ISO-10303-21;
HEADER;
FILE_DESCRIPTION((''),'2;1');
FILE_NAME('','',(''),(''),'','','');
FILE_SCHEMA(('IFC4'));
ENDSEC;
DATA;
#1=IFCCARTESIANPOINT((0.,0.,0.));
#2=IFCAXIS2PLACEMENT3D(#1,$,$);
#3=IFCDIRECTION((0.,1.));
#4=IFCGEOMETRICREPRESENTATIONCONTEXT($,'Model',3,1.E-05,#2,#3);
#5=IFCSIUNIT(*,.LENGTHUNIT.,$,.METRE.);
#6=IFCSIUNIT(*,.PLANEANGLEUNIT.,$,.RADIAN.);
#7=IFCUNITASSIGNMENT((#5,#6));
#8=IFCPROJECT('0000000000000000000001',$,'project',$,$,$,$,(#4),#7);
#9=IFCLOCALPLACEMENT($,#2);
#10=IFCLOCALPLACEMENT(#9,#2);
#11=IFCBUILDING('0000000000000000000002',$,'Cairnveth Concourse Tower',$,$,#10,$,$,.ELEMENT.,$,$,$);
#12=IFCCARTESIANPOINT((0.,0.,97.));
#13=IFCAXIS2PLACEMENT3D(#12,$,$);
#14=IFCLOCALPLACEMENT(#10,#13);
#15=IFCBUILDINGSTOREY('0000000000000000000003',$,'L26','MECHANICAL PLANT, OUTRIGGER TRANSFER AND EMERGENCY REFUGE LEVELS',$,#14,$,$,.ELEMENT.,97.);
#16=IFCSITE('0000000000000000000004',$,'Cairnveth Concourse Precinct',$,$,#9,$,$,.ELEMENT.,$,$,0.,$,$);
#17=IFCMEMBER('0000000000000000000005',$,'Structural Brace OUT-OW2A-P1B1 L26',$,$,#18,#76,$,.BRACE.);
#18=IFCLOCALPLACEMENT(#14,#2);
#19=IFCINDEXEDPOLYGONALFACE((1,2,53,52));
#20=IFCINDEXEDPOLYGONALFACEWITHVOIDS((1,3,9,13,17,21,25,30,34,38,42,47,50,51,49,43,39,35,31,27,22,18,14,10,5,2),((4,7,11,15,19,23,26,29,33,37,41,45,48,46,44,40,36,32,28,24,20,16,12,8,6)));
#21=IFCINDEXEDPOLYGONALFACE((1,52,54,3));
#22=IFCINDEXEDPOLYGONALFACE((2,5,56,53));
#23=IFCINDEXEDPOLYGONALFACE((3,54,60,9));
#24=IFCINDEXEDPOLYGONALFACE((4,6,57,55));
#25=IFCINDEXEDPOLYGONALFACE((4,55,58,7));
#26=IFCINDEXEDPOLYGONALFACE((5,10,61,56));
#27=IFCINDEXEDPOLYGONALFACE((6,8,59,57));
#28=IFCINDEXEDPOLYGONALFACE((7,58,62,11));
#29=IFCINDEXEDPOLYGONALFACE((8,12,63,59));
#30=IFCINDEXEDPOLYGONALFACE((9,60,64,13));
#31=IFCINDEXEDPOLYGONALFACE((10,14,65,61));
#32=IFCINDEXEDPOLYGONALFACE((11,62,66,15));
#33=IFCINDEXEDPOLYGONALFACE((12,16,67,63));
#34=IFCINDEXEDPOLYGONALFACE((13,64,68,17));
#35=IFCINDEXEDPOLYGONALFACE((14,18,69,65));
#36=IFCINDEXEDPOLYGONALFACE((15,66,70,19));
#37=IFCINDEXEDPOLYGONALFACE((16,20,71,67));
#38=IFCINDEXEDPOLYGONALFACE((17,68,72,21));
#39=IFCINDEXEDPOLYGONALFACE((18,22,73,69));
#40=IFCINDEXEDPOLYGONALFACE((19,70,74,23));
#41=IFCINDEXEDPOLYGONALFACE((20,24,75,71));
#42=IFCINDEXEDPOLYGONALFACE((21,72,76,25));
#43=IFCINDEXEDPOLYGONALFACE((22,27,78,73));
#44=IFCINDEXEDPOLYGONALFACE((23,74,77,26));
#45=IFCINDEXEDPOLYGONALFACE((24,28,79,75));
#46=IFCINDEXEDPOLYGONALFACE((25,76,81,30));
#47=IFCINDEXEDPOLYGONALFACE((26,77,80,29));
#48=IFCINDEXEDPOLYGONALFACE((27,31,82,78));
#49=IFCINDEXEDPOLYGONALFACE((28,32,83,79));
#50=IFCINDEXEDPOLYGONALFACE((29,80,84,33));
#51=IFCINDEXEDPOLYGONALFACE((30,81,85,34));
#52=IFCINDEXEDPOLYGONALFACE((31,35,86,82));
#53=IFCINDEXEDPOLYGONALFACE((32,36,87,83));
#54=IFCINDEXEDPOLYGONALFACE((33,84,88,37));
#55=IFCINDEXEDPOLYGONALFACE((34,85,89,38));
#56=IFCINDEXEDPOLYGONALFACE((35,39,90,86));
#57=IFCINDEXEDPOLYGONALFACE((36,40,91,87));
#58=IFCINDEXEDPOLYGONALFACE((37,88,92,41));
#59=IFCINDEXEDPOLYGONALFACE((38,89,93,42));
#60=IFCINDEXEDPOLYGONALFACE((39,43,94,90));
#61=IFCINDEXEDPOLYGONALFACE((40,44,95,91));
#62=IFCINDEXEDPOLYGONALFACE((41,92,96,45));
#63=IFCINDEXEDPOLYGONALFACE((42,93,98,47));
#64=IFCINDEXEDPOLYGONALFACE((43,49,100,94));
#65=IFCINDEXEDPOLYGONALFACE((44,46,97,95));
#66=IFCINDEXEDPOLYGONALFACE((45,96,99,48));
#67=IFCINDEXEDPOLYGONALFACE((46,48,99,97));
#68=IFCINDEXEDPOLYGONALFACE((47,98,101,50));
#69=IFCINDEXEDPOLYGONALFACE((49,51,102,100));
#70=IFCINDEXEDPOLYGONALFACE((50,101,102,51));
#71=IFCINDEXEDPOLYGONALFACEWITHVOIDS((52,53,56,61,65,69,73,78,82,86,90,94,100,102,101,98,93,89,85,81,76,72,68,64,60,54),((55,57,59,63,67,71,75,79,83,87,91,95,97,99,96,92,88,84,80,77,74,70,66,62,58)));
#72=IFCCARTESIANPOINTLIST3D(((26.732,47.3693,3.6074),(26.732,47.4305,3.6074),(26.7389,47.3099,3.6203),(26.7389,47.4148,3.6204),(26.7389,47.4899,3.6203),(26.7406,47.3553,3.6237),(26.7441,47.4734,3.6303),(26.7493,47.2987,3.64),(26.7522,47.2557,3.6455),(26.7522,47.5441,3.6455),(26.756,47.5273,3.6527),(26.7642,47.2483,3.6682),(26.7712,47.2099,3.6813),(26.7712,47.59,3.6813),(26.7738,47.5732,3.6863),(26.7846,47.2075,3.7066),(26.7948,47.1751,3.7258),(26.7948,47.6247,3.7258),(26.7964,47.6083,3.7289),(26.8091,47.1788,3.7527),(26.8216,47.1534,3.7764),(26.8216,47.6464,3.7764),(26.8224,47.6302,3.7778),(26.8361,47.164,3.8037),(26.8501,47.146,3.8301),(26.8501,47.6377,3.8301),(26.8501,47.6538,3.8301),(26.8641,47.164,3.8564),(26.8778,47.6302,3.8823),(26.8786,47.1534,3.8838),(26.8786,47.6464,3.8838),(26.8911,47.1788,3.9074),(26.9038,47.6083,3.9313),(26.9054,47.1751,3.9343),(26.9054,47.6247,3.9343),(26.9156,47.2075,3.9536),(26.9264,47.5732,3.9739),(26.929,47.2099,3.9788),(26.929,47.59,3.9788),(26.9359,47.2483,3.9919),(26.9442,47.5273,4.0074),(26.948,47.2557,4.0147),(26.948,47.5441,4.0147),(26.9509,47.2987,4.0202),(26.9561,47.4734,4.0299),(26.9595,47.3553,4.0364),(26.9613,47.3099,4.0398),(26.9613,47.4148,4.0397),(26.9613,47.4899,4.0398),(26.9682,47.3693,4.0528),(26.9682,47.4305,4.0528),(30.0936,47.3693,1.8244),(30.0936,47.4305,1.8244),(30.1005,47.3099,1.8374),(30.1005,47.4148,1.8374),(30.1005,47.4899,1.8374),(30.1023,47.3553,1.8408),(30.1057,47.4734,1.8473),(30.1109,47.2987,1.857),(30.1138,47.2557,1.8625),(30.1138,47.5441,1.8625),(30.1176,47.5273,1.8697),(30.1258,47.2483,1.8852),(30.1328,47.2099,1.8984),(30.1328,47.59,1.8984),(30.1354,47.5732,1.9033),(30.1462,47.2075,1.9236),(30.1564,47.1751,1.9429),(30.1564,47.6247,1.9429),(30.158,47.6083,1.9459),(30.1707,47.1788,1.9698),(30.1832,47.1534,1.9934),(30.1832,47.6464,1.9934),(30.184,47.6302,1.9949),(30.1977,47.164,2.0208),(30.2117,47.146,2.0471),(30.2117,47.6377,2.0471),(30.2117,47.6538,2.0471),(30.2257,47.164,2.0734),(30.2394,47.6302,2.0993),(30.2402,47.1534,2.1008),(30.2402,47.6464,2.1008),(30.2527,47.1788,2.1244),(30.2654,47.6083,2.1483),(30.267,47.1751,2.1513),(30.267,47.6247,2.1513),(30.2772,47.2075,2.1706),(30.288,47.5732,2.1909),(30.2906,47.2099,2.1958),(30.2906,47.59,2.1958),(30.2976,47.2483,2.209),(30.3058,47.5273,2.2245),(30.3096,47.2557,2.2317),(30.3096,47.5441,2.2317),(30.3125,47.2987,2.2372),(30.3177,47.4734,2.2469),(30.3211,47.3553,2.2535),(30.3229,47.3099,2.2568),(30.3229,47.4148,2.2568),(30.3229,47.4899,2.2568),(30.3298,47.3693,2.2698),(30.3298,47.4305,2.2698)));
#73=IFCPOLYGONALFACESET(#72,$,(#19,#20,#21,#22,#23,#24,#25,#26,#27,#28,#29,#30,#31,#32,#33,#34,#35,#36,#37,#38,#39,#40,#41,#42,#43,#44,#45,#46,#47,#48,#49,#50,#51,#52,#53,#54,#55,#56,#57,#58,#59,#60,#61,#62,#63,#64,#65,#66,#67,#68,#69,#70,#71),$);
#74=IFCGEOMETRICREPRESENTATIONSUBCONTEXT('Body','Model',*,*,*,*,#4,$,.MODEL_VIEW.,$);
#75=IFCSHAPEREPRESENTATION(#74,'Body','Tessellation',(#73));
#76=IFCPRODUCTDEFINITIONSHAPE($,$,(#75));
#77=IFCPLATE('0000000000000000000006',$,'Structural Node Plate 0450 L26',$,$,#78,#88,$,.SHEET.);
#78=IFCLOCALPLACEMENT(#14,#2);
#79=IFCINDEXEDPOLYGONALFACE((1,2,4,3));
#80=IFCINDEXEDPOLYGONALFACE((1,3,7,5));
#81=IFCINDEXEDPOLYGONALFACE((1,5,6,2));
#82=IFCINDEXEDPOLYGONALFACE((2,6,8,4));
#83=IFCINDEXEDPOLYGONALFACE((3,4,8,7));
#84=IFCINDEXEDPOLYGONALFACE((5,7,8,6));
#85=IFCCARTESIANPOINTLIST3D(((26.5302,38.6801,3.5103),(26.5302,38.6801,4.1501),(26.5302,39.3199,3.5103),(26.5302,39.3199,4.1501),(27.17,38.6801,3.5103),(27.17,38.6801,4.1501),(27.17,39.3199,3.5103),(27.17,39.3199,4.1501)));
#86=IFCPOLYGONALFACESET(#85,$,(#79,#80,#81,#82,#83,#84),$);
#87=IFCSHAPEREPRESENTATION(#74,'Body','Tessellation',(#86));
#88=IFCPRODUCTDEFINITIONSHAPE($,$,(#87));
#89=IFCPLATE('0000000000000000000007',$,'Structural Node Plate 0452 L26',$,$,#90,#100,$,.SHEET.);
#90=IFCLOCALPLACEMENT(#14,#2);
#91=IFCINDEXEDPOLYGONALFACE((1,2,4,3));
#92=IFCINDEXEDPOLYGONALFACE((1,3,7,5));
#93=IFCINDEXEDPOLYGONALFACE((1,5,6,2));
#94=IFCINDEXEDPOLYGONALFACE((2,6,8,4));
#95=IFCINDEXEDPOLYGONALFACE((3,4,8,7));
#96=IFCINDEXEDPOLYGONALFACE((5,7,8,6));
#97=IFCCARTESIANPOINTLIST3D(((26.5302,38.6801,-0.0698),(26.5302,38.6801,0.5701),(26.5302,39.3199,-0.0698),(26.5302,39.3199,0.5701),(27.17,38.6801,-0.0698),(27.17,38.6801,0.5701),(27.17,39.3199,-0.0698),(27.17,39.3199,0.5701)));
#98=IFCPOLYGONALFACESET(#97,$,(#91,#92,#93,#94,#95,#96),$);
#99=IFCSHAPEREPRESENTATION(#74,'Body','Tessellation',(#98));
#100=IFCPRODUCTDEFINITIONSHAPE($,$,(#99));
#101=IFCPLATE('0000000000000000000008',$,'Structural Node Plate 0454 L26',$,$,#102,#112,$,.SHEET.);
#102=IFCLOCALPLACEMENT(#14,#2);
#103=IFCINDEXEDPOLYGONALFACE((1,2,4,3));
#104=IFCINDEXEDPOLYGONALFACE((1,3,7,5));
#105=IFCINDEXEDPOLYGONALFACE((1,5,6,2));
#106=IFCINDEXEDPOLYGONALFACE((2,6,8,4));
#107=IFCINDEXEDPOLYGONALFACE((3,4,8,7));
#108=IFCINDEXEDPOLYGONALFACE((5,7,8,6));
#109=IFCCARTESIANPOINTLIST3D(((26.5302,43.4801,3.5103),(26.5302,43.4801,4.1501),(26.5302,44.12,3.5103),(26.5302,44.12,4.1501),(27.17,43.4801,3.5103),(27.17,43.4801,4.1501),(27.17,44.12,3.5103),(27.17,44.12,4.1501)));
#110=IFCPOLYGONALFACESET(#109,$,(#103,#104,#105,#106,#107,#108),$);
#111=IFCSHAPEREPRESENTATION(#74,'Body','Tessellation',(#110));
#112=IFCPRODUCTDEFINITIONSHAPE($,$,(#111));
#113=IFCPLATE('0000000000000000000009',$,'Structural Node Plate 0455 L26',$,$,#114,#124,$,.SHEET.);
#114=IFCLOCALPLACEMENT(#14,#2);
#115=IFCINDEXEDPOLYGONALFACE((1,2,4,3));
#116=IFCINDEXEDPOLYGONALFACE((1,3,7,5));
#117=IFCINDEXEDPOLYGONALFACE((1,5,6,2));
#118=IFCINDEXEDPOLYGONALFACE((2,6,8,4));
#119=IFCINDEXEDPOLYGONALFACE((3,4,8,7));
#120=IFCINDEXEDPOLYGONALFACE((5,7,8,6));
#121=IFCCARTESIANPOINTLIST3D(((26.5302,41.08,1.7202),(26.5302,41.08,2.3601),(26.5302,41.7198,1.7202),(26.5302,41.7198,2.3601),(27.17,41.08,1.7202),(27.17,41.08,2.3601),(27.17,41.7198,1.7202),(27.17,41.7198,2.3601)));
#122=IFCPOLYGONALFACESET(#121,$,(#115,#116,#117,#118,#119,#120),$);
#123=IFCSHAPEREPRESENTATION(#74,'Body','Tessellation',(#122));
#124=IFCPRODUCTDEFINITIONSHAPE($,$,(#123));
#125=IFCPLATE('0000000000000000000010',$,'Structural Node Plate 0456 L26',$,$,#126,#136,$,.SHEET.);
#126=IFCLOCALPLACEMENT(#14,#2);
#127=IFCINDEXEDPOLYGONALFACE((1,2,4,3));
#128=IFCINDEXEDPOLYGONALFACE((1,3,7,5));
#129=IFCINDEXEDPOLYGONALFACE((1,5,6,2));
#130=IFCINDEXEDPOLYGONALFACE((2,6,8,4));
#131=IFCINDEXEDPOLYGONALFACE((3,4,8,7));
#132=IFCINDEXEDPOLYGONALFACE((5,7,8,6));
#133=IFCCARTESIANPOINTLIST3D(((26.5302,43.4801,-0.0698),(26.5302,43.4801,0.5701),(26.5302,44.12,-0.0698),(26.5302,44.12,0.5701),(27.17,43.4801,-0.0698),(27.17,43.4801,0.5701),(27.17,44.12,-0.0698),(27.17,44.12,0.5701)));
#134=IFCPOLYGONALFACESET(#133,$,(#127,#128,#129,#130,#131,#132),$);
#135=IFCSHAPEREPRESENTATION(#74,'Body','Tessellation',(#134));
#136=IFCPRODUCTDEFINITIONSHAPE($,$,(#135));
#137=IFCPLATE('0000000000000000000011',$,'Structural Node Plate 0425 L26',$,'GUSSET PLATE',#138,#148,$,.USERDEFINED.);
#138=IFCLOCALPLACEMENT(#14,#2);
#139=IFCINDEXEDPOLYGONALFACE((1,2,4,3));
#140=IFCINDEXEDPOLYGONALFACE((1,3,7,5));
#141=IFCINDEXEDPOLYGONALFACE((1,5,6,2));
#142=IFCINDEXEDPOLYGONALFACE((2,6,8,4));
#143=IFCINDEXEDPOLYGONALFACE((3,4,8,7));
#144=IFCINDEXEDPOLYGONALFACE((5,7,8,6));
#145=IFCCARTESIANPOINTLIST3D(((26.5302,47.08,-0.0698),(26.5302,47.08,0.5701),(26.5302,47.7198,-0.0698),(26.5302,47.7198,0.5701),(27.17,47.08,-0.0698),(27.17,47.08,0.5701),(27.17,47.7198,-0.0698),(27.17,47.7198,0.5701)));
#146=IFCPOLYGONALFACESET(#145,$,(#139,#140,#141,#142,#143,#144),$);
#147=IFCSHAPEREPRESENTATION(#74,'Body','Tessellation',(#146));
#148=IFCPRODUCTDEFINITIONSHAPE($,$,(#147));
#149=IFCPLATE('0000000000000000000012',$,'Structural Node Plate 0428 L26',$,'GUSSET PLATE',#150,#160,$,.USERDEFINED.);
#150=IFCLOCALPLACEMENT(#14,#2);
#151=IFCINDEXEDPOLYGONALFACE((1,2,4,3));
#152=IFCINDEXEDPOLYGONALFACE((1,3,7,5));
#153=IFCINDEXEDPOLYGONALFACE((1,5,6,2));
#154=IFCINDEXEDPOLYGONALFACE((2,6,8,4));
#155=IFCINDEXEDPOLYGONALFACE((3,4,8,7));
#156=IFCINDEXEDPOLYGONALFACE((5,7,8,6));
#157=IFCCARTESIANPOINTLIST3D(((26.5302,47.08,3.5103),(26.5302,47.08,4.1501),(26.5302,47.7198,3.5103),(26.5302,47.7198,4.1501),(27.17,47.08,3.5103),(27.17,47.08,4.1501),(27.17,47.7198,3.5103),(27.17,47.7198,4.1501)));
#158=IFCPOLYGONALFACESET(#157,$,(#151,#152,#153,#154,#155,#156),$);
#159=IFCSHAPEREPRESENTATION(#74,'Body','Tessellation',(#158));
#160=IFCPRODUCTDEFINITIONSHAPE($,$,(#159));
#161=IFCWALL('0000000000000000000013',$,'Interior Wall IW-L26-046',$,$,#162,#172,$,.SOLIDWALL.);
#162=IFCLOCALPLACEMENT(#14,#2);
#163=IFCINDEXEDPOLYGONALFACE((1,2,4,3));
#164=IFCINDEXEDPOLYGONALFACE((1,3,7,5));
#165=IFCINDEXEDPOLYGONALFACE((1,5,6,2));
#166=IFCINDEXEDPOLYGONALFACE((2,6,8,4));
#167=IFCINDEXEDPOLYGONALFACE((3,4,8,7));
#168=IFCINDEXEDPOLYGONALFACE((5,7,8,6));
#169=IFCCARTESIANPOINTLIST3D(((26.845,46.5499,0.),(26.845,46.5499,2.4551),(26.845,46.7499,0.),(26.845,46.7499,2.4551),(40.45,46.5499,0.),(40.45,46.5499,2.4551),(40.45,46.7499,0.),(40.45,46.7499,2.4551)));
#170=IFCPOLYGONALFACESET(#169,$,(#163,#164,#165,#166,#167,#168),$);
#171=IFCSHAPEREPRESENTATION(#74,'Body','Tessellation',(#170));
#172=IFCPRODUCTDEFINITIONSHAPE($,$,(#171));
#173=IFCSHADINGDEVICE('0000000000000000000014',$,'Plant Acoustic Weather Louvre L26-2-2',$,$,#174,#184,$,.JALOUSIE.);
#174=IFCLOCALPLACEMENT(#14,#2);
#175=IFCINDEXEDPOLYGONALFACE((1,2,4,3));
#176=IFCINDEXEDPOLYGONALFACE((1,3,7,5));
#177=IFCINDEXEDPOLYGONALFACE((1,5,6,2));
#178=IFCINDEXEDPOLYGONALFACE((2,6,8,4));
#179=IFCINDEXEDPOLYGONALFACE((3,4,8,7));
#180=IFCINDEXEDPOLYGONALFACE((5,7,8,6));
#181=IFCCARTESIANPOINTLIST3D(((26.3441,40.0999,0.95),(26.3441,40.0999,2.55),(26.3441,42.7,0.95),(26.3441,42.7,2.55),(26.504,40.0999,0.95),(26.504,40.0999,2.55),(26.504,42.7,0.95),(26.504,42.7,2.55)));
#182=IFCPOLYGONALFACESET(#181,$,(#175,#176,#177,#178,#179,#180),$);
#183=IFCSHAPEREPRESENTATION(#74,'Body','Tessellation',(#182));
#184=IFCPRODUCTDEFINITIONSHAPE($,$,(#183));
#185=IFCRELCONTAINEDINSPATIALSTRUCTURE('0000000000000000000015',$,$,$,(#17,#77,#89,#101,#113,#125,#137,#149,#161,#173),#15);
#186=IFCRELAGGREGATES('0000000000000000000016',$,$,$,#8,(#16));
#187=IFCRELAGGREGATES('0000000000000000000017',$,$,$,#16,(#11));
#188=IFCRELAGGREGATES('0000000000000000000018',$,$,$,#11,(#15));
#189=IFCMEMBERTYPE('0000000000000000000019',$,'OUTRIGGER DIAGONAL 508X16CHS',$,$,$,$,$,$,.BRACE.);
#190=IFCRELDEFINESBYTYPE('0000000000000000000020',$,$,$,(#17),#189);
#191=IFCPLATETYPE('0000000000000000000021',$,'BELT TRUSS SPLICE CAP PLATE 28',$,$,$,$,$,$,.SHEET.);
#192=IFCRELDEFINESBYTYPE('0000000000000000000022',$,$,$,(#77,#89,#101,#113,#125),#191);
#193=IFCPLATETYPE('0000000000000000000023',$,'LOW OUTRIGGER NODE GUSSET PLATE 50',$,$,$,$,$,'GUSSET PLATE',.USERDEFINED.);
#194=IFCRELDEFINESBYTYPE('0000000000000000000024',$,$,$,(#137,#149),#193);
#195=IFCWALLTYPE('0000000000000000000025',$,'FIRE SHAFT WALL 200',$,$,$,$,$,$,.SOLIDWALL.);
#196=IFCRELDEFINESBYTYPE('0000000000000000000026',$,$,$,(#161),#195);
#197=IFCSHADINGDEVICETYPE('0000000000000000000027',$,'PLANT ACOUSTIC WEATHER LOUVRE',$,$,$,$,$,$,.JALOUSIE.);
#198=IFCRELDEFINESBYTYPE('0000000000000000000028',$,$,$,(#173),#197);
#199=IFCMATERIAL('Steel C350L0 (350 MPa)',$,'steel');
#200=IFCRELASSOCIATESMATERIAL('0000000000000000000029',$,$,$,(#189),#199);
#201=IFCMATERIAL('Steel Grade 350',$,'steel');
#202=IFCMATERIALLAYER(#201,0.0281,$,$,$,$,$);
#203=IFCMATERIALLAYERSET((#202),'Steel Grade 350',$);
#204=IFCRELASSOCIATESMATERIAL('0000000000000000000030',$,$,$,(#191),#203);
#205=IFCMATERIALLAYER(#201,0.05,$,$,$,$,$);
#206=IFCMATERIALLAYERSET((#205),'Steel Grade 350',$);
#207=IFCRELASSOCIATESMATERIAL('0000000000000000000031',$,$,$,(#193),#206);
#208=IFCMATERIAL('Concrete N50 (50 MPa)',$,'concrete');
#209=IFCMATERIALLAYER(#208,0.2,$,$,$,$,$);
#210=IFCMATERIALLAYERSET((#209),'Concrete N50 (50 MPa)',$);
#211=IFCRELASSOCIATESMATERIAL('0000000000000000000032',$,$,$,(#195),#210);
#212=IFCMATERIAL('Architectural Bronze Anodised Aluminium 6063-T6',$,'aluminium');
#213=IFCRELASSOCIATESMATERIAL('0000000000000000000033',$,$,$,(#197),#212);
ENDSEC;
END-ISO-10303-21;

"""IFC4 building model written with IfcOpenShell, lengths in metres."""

from ifc_helpers import new_model, si_unit, direction, frame, frame_2d, origin, origin_2d, place, context, subcontext, project, spatial, rectangle, hollow_circle, extrude, material, layer, layer_set, material_profile, profile_set, type_object, element, save


model = new_model("IFC4")

# Units and contexts
model_context = context("Model", 3, precision=1e-05, world=origin(), true_north=direction((0.0, 1.0)))
body_context = subcontext(model_context, "Body", "Model", "MODEL_VIEW")
ifc_project = project(units=[si_unit("LENGTHUNIT", "METRE"), si_unit("PLANEANGLEUNIT", "RADIAN")], contexts=[model_context])

# Site, building, storey
site_placement = place(None, origin())
site = spatial("IfcSite", under=ifc_project, at=site_placement, Name="Cairnveth Concourse Precinct", CompositionType="ELEMENT", RefElevation=0.0)
building_placement = place(site_placement, origin())
building = spatial("IfcBuilding", under=site, at=building_placement, Name="Cairnveth Concourse Tower", CompositionType="ELEMENT")
storey_placement = place(building_placement, frame((0.0, 0.0, 97.0)))
storey = spatial("IfcBuildingStorey", under=building, at=storey_placement, Name="L26", Description="MECHANICAL PLANT, OUTRIGGER TRANSFER AND EMERGENCY REFUGE LEVELS", CompositionType="ELEMENT", Elevation=97.0)

# Shared definitions
ifc_material_1 = material(Name="Steel C350L0 (350 MPa)", Category="steel")

# Member
ifc_material_profile_1 = material_profile(ifc_material_1, hollow_circle(Radius=0.2539, WallThickness=0.0161, at=origin_2d()), Name="508.0x16.0CHS")
ifc_profile_set_1 = profile_set([ifc_material_profile_1], Name="Steel C350L0 (350 MPa)")
member_type_1 = type_object("IfcMemberType", Name="OUTRIGGER DIAGONAL 508X16CHS", PredefinedType="BRACE", material=ifc_profile_set_1)
member_1_placement = place(storey_placement, frame((26.8501, 47.3999, 3.8301), z_axis=(0.883429, 0.0, -0.468566), x_axis=(0.0, 1.0, 0.0)))
element("IfcMember", 1, at=member_1_placement, inside=storey, type_object=member_type_1, Name="Structural Brace OUT-OW2A-P1B1 L26", PredefinedType="BRACE", context=body_context, shape_type="SweptSolid", body=[
    extrude(hollow_circle(Radius=0.2539, WallThickness=0.0161, at=origin_2d()), origin(), (0.0, 0.0, 1.0), 3.8052),
])

# Plates
ifc_material_2 = material(Name="Steel Grade 350", Category="steel")
ifc_layer_1 = layer(ifc_material_2, 0.0281)
ifc_layer_set_1 = layer_set([ifc_layer_1], Name="Steel Grade 350")
plate_type_1 = type_object("IfcPlateType", Name="BELT TRUSS SPLICE CAP PLATE 28", PredefinedType="SHEET", material=ifc_layer_set_1)
for number, where, z_axis, x_axis, name in (
    (2, (26.8501, 39.0, 3.5103), (0.0, 0.0, 1.0), (1.0, 0.0, 0.0), "Structural Node Plate 0450 L26"),
    (3, (26.8501, 39.0, -0.0698), (0.0, 0.0, 1.0), (1.0, 0.0, 0.0), "Structural Node Plate 0452 L26"),
    (4, (26.8501, 43.8, 3.5103), (0.0, 0.0, 1.0), (1.0, 0.0, 0.0), "Structural Node Plate 0454 L26"),
    (5, (26.8501, 41.3999, 1.7202), (0.0, 0.0, 1.0), (1.0, 0.0, 0.0), "Structural Node Plate 0455 L26"),
    (6, (26.8501, 43.8, -0.0698), (0.0, 0.0, 1.0), (1.0, 0.0, 0.0), "Structural Node Plate 0456 L26"),
):
    element("IfcPlate", number, at=place(storey_placement, frame(where, z_axis=z_axis, x_axis=x_axis)), inside=storey, type_object=plate_type_1, Name=name, PredefinedType="SHEET", context=body_context, shape_type="SweptSolid", body=[
        extrude(rectangle(XDim=0.6399, YDim=0.6399, at=origin_2d()), origin(), (0.0, 0.0, 1.0), 0.6399),
    ])
ifc_layer_2 = layer(ifc_material_2, 0.05)
ifc_layer_set_2 = layer_set([ifc_layer_2], Name="Steel Grade 350")
plate_type_2 = type_object("IfcPlateType", Name="LOW OUTRIGGER NODE GUSSET PLATE 50", ElementType="GUSSET PLATE", PredefinedType="USERDEFINED", material=ifc_layer_set_2)
for number, where, z_axis, x_axis, name in (
    (7, (26.8501, 47.3999, -0.0698), (0.0, 0.0, 1.0), (1.0, 0.0, 0.0), "Structural Node Plate 0425 L26"),
    (8, (26.8501, 47.3999, 3.5103), (0.0, 0.0, 1.0), (1.0, 0.0, 0.0), "Structural Node Plate 0428 L26"),
):
    element("IfcPlate", number, at=place(storey_placement, frame(where, z_axis=z_axis, x_axis=x_axis)), inside=storey, type_object=plate_type_2, Name=name, ObjectType="GUSSET PLATE", PredefinedType="USERDEFINED", context=body_context, shape_type="SweptSolid", body=[
        extrude(rectangle(XDim=0.6399, YDim=0.6399, at=origin_2d()), origin(), (0.0, 0.0, 1.0), 0.6399),
    ])

# Wall
ifc_material_3 = material(Name="Concrete N50 (50 MPa)", Category="concrete")
ifc_layer_3 = layer(ifc_material_3, 0.2)
ifc_layer_set_3 = layer_set([ifc_layer_3], Name="Concrete N50 (50 MPa)")
wall_type = type_object("IfcWallType", Name="FIRE SHAFT WALL 200", PredefinedType="SOLIDWALL", material=ifc_layer_set_3)
wall_placement = place(storey_placement, frame((26.845, 46.6499, 0.0), z_axis=(0.0, 0.0, 1.0), x_axis=(1.0, 0.0, 0.0)))
element("IfcWall", 9, at=wall_placement, inside=storey, type_object=wall_type, Name="Interior Wall IW-L26-046", PredefinedType="SOLIDWALL", context=body_context, shape_type="SweptSolid", body=[
    extrude(rectangle(XDim=13.605, YDim=0.2, at=frame_2d((6.8025, 0.0))), origin(), (0.0, 0.0, 1.0), 2.4551),
])

# Shading device
ifc_material_4 = material(Name="Architectural Bronze Anodised Aluminium 6063-T6", Category="aluminium")
shading_device_type = type_object("IfcShadingDeviceType", Name="PLANT ACOUSTIC WEATHER LOUVRE", PredefinedType="JALOUSIE", material=ifc_material_4)
shading_device_placement = place(storey_placement, frame((26.4241, 41.3999, 0.95), z_axis=(0.0, 0.0, 1.0), x_axis=(1.0, 0.0, 0.0)))
element("IfcShadingDevice", 10, at=shading_device_placement, inside=storey, type_object=shading_device_type, Name="Plant Acoustic Weather Louvre L26-2-2", PredefinedType="JALOUSIE", context=body_context, shape_type="SweptSolid", body=[
    extrude(rectangle(XDim=0.1599, YDim=2.6001, at=origin_2d()), origin(), (0.0, 0.0, 1.0), 1.6001),
])

save(model, "model.ifc")
